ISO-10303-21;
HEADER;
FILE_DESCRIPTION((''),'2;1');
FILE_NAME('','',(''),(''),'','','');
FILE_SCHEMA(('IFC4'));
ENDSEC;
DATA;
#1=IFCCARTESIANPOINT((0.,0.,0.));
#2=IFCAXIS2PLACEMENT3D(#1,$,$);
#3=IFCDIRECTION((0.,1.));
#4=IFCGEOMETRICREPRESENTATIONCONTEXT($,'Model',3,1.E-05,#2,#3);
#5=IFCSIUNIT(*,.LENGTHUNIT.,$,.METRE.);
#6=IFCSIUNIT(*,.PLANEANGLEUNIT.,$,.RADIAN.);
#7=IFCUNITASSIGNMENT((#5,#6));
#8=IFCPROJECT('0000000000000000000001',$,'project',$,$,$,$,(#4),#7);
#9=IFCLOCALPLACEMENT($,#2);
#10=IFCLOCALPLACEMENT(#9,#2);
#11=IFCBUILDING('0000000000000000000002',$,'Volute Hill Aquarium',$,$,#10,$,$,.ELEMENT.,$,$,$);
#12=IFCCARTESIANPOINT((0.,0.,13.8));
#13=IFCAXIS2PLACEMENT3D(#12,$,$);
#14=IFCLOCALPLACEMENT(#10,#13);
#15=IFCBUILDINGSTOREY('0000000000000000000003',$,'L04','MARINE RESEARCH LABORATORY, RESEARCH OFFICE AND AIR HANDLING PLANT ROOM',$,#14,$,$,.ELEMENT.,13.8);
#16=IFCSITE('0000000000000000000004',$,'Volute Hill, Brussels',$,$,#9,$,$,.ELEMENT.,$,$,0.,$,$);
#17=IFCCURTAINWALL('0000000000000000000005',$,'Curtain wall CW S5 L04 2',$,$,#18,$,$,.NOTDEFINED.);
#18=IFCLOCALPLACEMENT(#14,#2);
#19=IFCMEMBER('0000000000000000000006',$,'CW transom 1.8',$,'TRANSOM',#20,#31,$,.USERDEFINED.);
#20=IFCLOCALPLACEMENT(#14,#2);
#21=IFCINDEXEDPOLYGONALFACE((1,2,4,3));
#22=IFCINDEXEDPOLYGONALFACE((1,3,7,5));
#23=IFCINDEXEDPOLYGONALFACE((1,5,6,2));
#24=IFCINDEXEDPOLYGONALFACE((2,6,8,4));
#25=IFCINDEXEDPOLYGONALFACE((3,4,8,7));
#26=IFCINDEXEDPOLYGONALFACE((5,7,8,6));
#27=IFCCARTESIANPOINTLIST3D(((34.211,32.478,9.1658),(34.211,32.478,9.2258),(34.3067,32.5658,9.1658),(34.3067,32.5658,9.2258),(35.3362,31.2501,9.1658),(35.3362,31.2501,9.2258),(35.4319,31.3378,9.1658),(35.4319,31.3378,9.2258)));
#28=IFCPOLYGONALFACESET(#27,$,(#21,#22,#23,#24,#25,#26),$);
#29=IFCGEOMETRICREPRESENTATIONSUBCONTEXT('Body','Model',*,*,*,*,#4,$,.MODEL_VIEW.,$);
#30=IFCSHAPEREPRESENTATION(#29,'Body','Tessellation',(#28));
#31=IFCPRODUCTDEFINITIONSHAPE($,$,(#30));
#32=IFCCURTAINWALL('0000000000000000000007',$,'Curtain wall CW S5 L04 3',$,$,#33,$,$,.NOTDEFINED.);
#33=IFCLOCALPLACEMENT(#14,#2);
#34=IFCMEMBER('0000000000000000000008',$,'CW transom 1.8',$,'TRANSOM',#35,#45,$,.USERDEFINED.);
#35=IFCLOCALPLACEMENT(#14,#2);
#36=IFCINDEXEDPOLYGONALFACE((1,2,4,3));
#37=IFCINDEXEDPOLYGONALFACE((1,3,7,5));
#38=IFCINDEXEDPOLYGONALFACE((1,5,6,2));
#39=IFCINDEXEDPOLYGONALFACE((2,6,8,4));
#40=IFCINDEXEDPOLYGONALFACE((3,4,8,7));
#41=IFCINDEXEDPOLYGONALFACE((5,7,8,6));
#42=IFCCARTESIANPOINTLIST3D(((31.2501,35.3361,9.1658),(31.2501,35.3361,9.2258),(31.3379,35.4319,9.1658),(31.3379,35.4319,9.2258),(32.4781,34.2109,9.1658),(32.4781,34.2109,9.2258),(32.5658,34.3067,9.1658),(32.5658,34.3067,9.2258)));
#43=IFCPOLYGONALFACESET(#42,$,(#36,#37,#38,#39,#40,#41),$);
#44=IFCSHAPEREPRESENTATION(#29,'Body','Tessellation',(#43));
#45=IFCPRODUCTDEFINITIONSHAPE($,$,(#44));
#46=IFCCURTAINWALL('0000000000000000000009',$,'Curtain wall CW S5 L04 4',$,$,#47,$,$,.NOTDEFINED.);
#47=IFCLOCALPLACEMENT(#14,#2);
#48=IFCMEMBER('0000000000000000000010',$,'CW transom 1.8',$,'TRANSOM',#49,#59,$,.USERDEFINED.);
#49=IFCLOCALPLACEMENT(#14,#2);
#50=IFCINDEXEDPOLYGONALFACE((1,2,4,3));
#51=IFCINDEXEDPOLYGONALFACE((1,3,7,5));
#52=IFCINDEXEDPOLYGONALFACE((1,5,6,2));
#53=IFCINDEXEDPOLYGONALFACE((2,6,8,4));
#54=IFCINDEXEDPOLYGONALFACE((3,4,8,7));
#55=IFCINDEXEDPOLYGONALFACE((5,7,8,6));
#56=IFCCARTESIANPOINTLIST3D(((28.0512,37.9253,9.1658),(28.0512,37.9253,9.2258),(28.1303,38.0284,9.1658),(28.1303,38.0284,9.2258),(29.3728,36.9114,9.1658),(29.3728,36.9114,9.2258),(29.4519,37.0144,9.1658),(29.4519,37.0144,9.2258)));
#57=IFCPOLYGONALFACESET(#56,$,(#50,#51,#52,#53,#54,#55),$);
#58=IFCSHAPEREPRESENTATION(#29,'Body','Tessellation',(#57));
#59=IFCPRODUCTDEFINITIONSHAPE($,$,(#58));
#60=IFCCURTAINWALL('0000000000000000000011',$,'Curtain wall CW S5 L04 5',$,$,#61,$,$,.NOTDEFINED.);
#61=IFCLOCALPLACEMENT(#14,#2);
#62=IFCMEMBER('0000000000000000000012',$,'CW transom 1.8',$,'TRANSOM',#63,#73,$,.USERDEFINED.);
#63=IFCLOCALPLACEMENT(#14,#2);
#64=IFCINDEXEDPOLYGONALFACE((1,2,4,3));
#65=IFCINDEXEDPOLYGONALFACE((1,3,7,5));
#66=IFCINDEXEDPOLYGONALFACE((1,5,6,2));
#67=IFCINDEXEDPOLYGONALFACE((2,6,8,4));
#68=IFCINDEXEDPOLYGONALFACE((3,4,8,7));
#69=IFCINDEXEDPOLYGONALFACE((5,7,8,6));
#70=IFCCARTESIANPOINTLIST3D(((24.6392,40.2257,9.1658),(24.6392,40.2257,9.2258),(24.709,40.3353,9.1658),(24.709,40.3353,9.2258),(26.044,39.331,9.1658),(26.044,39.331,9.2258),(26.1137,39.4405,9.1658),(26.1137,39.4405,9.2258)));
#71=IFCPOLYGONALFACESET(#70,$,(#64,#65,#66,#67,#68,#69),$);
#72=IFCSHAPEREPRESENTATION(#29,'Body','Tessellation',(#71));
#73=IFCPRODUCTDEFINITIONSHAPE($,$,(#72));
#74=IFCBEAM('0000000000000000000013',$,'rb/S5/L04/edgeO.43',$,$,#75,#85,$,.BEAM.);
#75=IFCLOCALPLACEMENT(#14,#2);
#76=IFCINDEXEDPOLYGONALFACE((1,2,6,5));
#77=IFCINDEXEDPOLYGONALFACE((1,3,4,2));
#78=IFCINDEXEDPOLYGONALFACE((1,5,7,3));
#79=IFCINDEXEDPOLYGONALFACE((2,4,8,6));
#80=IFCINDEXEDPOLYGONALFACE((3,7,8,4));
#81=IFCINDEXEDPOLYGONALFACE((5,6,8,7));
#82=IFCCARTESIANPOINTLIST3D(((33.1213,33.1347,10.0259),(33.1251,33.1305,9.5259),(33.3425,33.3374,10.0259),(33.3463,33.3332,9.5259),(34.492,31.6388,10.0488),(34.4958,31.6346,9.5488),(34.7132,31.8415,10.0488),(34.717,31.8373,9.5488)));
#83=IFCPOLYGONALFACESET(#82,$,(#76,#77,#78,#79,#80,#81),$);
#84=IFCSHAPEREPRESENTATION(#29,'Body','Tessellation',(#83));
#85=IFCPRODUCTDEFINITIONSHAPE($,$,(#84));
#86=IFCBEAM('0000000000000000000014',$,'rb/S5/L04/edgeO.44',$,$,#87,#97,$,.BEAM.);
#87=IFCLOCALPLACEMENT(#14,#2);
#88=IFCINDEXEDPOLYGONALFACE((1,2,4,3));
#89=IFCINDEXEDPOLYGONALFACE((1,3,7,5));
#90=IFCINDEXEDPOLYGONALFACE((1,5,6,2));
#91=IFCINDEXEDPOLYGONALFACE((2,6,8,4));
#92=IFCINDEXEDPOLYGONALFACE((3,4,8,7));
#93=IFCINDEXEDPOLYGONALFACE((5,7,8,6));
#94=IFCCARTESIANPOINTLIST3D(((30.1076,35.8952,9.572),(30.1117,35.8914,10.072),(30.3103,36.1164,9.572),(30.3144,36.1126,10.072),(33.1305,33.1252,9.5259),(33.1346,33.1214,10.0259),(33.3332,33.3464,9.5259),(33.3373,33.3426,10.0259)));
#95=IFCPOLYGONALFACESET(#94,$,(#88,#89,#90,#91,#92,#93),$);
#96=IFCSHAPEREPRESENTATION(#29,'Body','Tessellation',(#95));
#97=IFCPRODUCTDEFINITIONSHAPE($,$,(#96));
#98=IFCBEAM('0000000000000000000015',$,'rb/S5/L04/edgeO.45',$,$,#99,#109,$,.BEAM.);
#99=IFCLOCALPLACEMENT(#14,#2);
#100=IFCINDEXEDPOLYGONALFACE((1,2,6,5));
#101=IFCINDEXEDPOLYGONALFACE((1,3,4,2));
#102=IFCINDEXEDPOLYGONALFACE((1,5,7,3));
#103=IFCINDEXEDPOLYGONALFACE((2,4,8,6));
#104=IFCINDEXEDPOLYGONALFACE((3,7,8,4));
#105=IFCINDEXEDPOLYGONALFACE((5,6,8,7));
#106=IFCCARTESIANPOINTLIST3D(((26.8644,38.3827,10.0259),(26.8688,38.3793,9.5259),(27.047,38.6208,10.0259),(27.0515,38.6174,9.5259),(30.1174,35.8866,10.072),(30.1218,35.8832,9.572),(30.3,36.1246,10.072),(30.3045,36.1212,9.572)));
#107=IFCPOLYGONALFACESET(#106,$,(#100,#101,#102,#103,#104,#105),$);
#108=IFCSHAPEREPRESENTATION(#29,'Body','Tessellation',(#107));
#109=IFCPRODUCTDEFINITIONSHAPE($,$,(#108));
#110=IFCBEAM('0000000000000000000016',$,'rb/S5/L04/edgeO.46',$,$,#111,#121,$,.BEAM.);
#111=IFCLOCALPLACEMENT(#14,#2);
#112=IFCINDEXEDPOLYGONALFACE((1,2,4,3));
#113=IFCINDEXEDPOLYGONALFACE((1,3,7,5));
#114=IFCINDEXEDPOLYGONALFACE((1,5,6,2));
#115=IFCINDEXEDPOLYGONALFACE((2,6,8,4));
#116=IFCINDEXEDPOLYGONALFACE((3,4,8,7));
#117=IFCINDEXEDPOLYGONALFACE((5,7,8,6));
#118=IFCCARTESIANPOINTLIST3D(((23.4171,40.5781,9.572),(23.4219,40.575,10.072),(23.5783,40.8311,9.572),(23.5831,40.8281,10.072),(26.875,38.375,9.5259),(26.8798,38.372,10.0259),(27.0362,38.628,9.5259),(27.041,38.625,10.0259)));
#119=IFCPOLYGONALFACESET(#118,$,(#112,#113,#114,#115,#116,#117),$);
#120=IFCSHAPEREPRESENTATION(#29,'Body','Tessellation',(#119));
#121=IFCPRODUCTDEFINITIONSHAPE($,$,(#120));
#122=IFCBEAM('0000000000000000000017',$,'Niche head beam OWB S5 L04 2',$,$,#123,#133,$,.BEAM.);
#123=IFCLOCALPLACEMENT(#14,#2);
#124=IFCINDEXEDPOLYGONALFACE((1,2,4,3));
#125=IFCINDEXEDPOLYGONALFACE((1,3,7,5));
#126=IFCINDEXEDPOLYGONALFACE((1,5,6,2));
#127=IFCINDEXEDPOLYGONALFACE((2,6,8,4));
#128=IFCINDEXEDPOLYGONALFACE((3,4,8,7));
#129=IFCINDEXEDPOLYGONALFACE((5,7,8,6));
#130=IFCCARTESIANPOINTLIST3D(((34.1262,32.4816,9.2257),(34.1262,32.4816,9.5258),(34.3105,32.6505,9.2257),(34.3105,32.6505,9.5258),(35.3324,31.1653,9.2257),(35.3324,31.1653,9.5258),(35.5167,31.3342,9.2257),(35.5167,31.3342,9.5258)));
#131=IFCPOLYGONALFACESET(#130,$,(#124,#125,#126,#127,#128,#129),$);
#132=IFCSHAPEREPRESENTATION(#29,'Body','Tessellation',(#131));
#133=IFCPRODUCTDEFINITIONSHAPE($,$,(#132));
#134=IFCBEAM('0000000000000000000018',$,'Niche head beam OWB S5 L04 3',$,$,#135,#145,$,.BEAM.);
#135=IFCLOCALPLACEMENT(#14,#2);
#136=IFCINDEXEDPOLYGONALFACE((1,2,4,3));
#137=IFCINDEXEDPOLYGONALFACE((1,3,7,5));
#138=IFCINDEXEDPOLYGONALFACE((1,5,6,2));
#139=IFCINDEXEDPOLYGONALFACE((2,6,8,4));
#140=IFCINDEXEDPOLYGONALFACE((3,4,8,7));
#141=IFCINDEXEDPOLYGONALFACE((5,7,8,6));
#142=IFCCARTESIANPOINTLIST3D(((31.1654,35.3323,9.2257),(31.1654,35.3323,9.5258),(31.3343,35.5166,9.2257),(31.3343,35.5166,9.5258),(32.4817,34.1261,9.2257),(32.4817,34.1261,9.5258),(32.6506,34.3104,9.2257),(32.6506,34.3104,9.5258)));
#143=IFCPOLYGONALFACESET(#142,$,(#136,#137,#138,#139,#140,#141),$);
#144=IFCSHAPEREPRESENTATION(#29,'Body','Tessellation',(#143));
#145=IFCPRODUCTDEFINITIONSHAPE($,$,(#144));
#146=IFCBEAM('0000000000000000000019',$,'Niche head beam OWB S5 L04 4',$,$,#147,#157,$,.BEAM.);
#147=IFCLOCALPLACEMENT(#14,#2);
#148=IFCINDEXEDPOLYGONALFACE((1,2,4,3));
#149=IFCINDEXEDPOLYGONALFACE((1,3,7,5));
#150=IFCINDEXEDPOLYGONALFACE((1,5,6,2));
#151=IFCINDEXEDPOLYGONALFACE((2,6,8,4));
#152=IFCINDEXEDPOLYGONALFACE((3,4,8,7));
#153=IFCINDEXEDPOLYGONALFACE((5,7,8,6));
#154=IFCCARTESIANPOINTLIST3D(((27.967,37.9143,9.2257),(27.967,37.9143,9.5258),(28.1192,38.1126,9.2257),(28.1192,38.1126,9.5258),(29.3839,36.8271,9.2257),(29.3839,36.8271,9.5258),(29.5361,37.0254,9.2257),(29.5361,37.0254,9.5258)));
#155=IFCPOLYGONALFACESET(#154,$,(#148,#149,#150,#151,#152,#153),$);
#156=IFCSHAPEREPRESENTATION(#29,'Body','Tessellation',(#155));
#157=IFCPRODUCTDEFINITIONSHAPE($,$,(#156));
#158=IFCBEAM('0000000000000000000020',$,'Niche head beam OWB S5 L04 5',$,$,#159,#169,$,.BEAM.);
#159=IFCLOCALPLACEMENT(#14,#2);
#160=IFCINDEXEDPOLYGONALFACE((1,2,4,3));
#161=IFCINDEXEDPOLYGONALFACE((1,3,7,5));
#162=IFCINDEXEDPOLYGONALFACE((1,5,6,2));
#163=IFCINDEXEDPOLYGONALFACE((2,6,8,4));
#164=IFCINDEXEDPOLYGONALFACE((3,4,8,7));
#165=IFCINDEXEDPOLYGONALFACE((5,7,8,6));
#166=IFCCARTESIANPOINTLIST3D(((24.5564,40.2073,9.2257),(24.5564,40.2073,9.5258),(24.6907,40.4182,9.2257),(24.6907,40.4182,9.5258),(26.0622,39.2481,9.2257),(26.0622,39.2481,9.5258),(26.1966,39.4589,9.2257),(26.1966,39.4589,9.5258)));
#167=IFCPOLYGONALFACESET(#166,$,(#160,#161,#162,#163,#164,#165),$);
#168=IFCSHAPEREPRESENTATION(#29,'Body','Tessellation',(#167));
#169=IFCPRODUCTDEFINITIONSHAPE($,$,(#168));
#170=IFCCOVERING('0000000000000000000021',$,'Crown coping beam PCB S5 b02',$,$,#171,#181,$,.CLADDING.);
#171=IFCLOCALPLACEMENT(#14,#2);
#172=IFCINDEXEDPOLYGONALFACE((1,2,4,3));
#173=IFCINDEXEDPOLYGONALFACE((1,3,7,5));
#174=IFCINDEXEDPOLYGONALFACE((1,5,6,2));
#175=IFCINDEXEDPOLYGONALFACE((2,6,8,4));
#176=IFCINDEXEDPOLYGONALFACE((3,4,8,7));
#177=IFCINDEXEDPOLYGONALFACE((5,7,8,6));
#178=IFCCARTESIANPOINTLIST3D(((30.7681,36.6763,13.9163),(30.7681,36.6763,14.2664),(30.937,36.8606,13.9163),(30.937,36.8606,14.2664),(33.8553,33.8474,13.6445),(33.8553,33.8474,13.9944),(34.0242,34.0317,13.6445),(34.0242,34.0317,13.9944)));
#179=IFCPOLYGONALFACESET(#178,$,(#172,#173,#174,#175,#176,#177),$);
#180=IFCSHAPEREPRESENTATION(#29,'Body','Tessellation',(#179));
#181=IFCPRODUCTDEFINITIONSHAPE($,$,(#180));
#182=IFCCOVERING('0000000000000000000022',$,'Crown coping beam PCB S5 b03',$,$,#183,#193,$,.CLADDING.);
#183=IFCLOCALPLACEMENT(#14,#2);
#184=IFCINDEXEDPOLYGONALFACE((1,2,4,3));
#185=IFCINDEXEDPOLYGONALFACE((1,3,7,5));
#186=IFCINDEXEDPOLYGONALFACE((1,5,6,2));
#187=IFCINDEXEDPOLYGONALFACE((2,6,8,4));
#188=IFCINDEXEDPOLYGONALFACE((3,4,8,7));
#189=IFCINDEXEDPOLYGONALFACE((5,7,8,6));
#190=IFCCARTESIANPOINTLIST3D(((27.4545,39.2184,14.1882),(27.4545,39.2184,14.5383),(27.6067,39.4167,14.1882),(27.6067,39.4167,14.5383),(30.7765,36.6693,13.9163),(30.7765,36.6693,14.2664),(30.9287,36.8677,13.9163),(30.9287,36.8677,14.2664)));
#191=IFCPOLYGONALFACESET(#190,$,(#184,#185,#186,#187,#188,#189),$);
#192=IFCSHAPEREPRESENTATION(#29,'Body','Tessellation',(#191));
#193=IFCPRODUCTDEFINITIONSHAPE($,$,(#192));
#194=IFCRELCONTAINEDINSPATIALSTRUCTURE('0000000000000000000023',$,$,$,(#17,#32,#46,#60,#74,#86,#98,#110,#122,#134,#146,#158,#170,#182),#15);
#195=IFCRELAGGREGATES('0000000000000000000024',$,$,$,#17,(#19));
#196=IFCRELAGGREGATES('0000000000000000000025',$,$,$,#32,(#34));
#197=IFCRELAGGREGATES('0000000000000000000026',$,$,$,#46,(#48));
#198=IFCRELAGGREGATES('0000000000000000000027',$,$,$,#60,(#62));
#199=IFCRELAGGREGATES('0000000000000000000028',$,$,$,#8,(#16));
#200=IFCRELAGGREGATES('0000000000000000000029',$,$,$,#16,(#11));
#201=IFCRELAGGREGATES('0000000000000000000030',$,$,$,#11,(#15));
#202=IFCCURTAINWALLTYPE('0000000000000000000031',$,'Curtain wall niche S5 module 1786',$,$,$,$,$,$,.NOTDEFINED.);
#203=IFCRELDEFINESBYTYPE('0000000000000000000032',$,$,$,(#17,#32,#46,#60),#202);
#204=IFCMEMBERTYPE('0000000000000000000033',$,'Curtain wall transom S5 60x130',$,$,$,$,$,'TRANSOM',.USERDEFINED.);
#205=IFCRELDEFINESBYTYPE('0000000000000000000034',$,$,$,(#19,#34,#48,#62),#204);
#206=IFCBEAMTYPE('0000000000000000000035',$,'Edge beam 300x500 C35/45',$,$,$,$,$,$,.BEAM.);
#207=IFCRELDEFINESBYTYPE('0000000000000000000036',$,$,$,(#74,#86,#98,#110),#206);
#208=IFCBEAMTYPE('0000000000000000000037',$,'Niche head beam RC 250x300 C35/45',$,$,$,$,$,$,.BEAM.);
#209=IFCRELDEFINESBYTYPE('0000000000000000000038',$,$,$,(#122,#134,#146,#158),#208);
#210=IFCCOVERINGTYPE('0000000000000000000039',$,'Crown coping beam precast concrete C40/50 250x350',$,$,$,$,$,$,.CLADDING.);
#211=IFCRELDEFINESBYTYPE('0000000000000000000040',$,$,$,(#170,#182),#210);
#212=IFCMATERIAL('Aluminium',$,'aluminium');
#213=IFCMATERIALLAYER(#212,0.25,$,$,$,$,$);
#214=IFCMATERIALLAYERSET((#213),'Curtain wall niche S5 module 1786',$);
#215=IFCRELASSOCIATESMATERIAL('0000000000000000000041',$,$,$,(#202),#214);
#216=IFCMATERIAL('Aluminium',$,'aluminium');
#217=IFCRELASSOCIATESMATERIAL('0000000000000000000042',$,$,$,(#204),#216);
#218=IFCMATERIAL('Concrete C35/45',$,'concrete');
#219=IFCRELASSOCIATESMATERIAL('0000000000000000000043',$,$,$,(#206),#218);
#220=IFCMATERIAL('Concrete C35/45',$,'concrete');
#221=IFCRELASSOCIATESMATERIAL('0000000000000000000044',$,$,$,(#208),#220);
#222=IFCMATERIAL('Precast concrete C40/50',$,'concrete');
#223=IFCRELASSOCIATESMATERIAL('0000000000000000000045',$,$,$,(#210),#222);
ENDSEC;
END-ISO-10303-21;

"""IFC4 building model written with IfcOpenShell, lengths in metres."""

from ifc_helpers import new_model, si_unit, direction, frame, origin, origin_2d, place, context, subcontext, project, spatial, polyline, rectangle, outline, extrude, material, layer, layer_set, material_profile, profile_set, type_object, element, aggregate, save


model = new_model("IFC4")

# Units and contexts
model_context = context("Model", 3, precision=1e-05, world=origin(), true_north=direction((0.0, 1.0)))
body_context = subcontext(model_context, "Body", "Model", "MODEL_VIEW")
ifc_project = project(units=[si_unit("LENGTHUNIT", "METRE"), si_unit("PLANEANGLEUNIT", "RADIAN")], contexts=[model_context])

# Site, building, storey
site_placement = place(None, origin())
site = spatial("IfcSite", under=ifc_project, at=site_placement, Name="Volute Hill, Brussels", CompositionType="ELEMENT", RefElevation=0.0)
building_placement = place(site_placement, origin())
building = spatial("IfcBuilding", under=site, at=building_placement, Name="Volute Hill Aquarium", CompositionType="ELEMENT")
storey_placement = place(building_placement, frame((0.0, 0.0, 13.8)))
storey = spatial("IfcBuildingStorey", under=building, at=storey_placement, Name="L04", Description="MARINE RESEARCH LABORATORY, RESEARCH OFFICE AND AIR HANDLING PLANT ROOM", CompositionType="ELEMENT", Elevation=13.8)

# Curtain walls, members
ifc_material_1 = material(Name="Aluminium", Category="aluminium")
ifc_layer_1 = layer(ifc_material_1, 0.25)
ifc_layer_set_1 = layer_set([ifc_layer_1], Name="Curtain wall niche S5 module 1786")
curtain_wall_type = type_object("IfcCurtainWallType", Name="Curtain wall niche S5 module 1786", PredefinedType="NOTDEFINED", material=ifc_layer_set_1)
curtain_wall_1_placement = place(storey_placement, origin())
curtain_wall_1 = element("IfcCurtainWall", 1, at=curtain_wall_1_placement, inside=storey, type_object=curtain_wall_type, Name="Curtain wall CW S5 L04 2", PredefinedType="NOTDEFINED")
ifc_material_2 = material(Name="Aluminium", Category="aluminium")
ifc_material_profile_1 = material_profile(ifc_material_2, rectangle(XDim=0.1299, YDim=0.0601, at=origin_2d()), Name="Curtain wall transom S5 60x130")
ifc_profile_set_1 = profile_set([ifc_material_profile_1], Name="Aluminium")
member_type = type_object("IfcMemberType", Name="Curtain wall transom S5 60x130", ElementType="TRANSOM", PredefinedType="USERDEFINED", material=ifc_profile_set_1)
member_1_placement = place(storey_placement, frame((35.384, 31.2939, 9.1958), z_axis=(-0.675579, 0.737288, 0.0), x_axis=(-0.737288, -0.675579, 0.0)))
member_1 = element("IfcMember", 2, at=member_1_placement, type_object=member_type, Name="CW transom 1.8", ObjectType="TRANSOM", PredefinedType="USERDEFINED", context=body_context, shape_type="SweptSolid", body=[
    extrude(rectangle(XDim=0.1299, YDim=0.0601, at=origin_2d()), origin(), (0.0, 0.0, 1.0), 1.6655),
])
aggregate(curtain_wall_1, [member_1])
curtain_wall_2_placement = place(storey_placement, origin())
curtain_wall_2 = element("IfcCurtainWall", 3, at=curtain_wall_2_placement, inside=storey, type_object=curtain_wall_type, Name="Curtain wall CW S5 L04 3", PredefinedType="NOTDEFINED")
member_2_placement = place(storey_placement, frame((32.522, 34.2588, 9.1958), z_axis=(-0.737288, 0.675579, 0.0), x_axis=(-0.675579, -0.737288, 0.0)))
member_2 = element("IfcMember", 4, at=member_2_placement, type_object=member_type, Name="CW transom 1.8", ObjectType="TRANSOM", PredefinedType="USERDEFINED", context=body_context, shape_type="SweptSolid", body=[
    extrude(rectangle(XDim=0.1299, YDim=0.0601, at=origin_2d()), origin(), (0.0, 0.0, 1.0), 1.6655),
])
aggregate(curtain_wall_2, [member_2])
curtain_wall_3_placement = place(storey_placement, origin())
curtain_wall_3 = element("IfcCurtainWall", 5, at=curtain_wall_3_placement, inside=storey, type_object=curtain_wall_type, Name="Curtain wall CW S5 L04 4", PredefinedType="NOTDEFINED")
member_3_placement = place(storey_placement, frame((29.4124, 36.9629, 9.1958), z_axis=(-0.793392, 0.608712, 0.0), x_axis=(-0.608712, -0.793392, 0.0)))
member_3 = element("IfcMember", 6, at=member_3_placement, type_object=member_type, Name="CW transom 1.8", ObjectType="TRANSOM", PredefinedType="USERDEFINED", context=body_context, shape_type="SweptSolid", body=[
    extrude(rectangle(XDim=0.1299, YDim=0.0601, at=origin_2d()), origin(), (0.0, 0.0, 1.0), 1.6658),
])
aggregate(curtain_wall_3, [member_3])
curtain_wall_4_placement = place(storey_placement, origin())
curtain_wall_4 = element("IfcCurtainWall", 7, at=curtain_wall_4_placement, inside=storey, type_object=curtain_wall_type, Name="Curtain wall CW S5 L04 5", PredefinedType="NOTDEFINED")
member_4_placement = place(storey_placement, frame((26.0789, 39.3857, 9.1958), z_axis=(-0.843438, 0.537226, 0.0), x_axis=(-0.537226, -0.843438, 0.0)))
member_4 = element("IfcMember", 8, at=member_4_placement, type_object=member_type, Name="CW transom 1.8", ObjectType="TRANSOM", PredefinedType="USERDEFINED", context=body_context, shape_type="SweptSolid", body=[
    extrude(rectangle(XDim=0.1299, YDim=0.0601, at=origin_2d()), origin(), (0.0, 0.0, 1.0), 1.6655),
])
aggregate(curtain_wall_4, [member_4])

# Beams
ifc_material_3 = material(Name="Concrete C35/45", Category="concrete")
ifc_material_profile_2 = material_profile(ifc_material_3, rectangle(XDim=0.3, YDim=0.5, at=origin_2d()), Name="RC edge beam 300x500")
ifc_profile_set_2 = profile_set([ifc_material_profile_2], Name="Concrete C35/45")
beam_type_1 = type_object("IfcBeamType", Name="Edge beam 300x500 C35/45", PredefinedType="BEAM", material=ifc_profile_set_2)
beam_1_placement = place(storey_placement, frame((34.6045, 31.738, 9.7988), z_axis=(-0.675523, 0.737252, -0.011311), x_axis=(-0.737299, -0.675567, 0.0)))
element("IfcBeam", 9, at=beam_1_placement, inside=storey, type_object=beam_type_1, Name="rb/S5/L04/edgeO.43", PredefinedType="BEAM", context=body_context, shape_type="SweptSolid", body=[
    extrude(rectangle(XDim=0.3, YDim=0.5, at=origin_2d()), origin(), (0.0, 0.0, 1.0), 2.0291),
])
beam_2_placement = place(storey_placement, frame((33.2339, 33.2339, 9.7759), z_axis=(-0.737231, 0.675547, 0.011253), x_axis=(-0.67559, -0.737278, 0.0)))
element("IfcBeam", 10, at=beam_2_placement, inside=storey, type_object=beam_type_1, Name="rb/S5/L04/edgeO.44", PredefinedType="BEAM", context=body_context, shape_type="SweptSolid", body=[
    extrude(rectangle(XDim=0.3, YDim=0.5, at=origin_2d()), origin(), (0.0, 0.0, 1.0), 4.1003),
])
beam_3_placement = place(storey_placement, frame((30.2109, 36.0039, 9.822), z_axis=(-0.793299, 0.608728, -0.011253), x_axis=(-0.608766, -0.793349, 0.0)))
element("IfcBeam", 11, at=beam_3_placement, inside=storey, type_object=beam_type_1, Name="rb/S5/L04/edgeO.45", PredefinedType="BEAM", context=body_context, shape_type="SweptSolid", body=[
    extrude(rectangle(XDim=0.3, YDim=0.5, at=origin_2d()), origin(), (0.0, 0.0, 1.0), 4.1006),
])
beam_4_placement = place(storey_placement, frame((26.958, 38.5, 9.7759), z_axis=(-0.843324, 0.537288, 0.011253), x_axis=(-0.537322, -0.843377, 0.0)))
element("IfcBeam", 12, at=beam_4_placement, inside=storey, type_object=beam_type_1, Name="rb/S5/L04/edgeO.46", PredefinedType="BEAM", context=body_context, shape_type="SweptSolid", body=[
    extrude(rectangle(XDim=0.3, YDim=0.5, at=origin_2d()), origin(), (0.0, 0.0, 1.0), 4.1003),
])
ifc_material_4 = material(Name="Concrete C35/45", Category="concrete")
ifc_material_profile_3 = material_profile(ifc_material_4, rectangle(XDim=0.25, YDim=0.3, at=origin_2d()), Name="RC beam 250x300")
ifc_profile_set_3 = profile_set([ifc_material_profile_3], Name="Concrete C35/45")
beam_type_2 = type_object("IfcBeamType", Name="Niche head beam RC 250x300 C35/45", PredefinedType="BEAM", material=ifc_profile_set_3)
for number, where, z_axis, x_axis, name in (
    (13, (35.4246, 31.2498, 9.3757), (-0.675601, 0.737268, 0.0), (-0.737268, -0.675601, 0.0), "Niche head beam OWB S5 L04 2"),
    (14, (32.5662, 34.2183, 9.3757), (-0.737268, 0.675601, 0.0), (-0.675601, -0.737268, 0.0), "Niche head beam OWB S5 L04 3"),
):
    element("IfcBeam", number, at=place(storey_placement, frame(where, z_axis=z_axis, x_axis=x_axis)), inside=storey, type_object=beam_type_2, Name=name, PredefinedType="BEAM", context=body_context, shape_type="SweptSolid", body=[
        extrude(rectangle(XDim=0.25, YDim=0.3, at=origin_2d()), origin(), (0.0, 0.0, 1.0), 1.7854),
    ])
beam_5_placement = place(storey_placement, frame((29.46, 36.9263, 9.3757), z_axis=(-0.79334, 0.608779, 0.0), x_axis=(-0.608779, -0.79334, 0.0)))
element("IfcBeam", 15, at=beam_5_placement, inside=storey, type_object=beam_type_2, Name="Niche head beam OWB S5 L04 4", PredefinedType="BEAM", context=body_context, shape_type="SweptSolid", body=[
    extrude(rectangle(XDim=0.25, YDim=0.3, at=origin_2d()), origin(), (0.0, 0.0, 1.0), 1.7859),
])
beam_6_placement = place(storey_placement, frame((26.1294, 39.3535, 9.3757), z_axis=(-0.843419, 0.537256, 0.0), x_axis=(-0.537256, -0.843419, 0.0)))
element("IfcBeam", 16, at=beam_6_placement, inside=storey, type_object=beam_type_2, Name="Niche head beam OWB S5 L04 5", PredefinedType="BEAM", context=body_context, shape_type="SweptSolid", body=[
    extrude(rectangle(XDim=0.25, YDim=0.3, at=origin_2d()), origin(), (0.0, 0.0, 1.0), 1.7854),
])

# Coverings
ifc_material_5 = material(Name="Precast concrete C40/50", Category="concrete")
covering_type_1 = type_object("IfcCoveringType", Name="Crown coping beam precast concrete C40/50 250x350", PredefinedType="CLADDING", material=ifc_material_5)
covering_1_placement = place(storey_placement, frame((34.0242, 34.0317, 13.6445), z_axis=(0.67559, 0.737278, 0.0), x_axis=(-0.73573, 0.674172, 0.064758)))
element("IfcCovering", 17, at=covering_1_placement, inside=storey, type_object=covering_type_1, Name="Crown coping beam PCB S5 b02", PredefinedType="CLADDING", context=body_context, shape_type="SweptSolid", body=[
    extrude(outline(polyline([(0.0, 0.0), (4.196, 0.0), (4.2187, 0.3494), (0.0227, 0.3491), (0.0, 0.0)])), origin(), (0.0, 0.0, -1.0), 0.25),
])
covering_2_placement = place(storey_placement, frame((30.9287, 36.8677, 13.9163), z_axis=(0.608761, 0.793354, 0.0), x_axis=(-0.791686, 0.607481, 0.064815)))
element("IfcCovering", 18, at=covering_2_placement, inside=storey, type_object=covering_type_1, Name="Crown coping beam PCB S5 b03", PredefinedType="CLADDING", context=body_context, shape_type="SweptSolid", body=[
    extrude(outline(polyline([(0.0, 0.0), (4.1961, 0.0), (4.2188, 0.3494), (0.0227, 0.3494), (0.0, 0.0)])), origin(), (0.0, 0.0, -1.0), 0.25),
])

save(model, "model.ifc")
